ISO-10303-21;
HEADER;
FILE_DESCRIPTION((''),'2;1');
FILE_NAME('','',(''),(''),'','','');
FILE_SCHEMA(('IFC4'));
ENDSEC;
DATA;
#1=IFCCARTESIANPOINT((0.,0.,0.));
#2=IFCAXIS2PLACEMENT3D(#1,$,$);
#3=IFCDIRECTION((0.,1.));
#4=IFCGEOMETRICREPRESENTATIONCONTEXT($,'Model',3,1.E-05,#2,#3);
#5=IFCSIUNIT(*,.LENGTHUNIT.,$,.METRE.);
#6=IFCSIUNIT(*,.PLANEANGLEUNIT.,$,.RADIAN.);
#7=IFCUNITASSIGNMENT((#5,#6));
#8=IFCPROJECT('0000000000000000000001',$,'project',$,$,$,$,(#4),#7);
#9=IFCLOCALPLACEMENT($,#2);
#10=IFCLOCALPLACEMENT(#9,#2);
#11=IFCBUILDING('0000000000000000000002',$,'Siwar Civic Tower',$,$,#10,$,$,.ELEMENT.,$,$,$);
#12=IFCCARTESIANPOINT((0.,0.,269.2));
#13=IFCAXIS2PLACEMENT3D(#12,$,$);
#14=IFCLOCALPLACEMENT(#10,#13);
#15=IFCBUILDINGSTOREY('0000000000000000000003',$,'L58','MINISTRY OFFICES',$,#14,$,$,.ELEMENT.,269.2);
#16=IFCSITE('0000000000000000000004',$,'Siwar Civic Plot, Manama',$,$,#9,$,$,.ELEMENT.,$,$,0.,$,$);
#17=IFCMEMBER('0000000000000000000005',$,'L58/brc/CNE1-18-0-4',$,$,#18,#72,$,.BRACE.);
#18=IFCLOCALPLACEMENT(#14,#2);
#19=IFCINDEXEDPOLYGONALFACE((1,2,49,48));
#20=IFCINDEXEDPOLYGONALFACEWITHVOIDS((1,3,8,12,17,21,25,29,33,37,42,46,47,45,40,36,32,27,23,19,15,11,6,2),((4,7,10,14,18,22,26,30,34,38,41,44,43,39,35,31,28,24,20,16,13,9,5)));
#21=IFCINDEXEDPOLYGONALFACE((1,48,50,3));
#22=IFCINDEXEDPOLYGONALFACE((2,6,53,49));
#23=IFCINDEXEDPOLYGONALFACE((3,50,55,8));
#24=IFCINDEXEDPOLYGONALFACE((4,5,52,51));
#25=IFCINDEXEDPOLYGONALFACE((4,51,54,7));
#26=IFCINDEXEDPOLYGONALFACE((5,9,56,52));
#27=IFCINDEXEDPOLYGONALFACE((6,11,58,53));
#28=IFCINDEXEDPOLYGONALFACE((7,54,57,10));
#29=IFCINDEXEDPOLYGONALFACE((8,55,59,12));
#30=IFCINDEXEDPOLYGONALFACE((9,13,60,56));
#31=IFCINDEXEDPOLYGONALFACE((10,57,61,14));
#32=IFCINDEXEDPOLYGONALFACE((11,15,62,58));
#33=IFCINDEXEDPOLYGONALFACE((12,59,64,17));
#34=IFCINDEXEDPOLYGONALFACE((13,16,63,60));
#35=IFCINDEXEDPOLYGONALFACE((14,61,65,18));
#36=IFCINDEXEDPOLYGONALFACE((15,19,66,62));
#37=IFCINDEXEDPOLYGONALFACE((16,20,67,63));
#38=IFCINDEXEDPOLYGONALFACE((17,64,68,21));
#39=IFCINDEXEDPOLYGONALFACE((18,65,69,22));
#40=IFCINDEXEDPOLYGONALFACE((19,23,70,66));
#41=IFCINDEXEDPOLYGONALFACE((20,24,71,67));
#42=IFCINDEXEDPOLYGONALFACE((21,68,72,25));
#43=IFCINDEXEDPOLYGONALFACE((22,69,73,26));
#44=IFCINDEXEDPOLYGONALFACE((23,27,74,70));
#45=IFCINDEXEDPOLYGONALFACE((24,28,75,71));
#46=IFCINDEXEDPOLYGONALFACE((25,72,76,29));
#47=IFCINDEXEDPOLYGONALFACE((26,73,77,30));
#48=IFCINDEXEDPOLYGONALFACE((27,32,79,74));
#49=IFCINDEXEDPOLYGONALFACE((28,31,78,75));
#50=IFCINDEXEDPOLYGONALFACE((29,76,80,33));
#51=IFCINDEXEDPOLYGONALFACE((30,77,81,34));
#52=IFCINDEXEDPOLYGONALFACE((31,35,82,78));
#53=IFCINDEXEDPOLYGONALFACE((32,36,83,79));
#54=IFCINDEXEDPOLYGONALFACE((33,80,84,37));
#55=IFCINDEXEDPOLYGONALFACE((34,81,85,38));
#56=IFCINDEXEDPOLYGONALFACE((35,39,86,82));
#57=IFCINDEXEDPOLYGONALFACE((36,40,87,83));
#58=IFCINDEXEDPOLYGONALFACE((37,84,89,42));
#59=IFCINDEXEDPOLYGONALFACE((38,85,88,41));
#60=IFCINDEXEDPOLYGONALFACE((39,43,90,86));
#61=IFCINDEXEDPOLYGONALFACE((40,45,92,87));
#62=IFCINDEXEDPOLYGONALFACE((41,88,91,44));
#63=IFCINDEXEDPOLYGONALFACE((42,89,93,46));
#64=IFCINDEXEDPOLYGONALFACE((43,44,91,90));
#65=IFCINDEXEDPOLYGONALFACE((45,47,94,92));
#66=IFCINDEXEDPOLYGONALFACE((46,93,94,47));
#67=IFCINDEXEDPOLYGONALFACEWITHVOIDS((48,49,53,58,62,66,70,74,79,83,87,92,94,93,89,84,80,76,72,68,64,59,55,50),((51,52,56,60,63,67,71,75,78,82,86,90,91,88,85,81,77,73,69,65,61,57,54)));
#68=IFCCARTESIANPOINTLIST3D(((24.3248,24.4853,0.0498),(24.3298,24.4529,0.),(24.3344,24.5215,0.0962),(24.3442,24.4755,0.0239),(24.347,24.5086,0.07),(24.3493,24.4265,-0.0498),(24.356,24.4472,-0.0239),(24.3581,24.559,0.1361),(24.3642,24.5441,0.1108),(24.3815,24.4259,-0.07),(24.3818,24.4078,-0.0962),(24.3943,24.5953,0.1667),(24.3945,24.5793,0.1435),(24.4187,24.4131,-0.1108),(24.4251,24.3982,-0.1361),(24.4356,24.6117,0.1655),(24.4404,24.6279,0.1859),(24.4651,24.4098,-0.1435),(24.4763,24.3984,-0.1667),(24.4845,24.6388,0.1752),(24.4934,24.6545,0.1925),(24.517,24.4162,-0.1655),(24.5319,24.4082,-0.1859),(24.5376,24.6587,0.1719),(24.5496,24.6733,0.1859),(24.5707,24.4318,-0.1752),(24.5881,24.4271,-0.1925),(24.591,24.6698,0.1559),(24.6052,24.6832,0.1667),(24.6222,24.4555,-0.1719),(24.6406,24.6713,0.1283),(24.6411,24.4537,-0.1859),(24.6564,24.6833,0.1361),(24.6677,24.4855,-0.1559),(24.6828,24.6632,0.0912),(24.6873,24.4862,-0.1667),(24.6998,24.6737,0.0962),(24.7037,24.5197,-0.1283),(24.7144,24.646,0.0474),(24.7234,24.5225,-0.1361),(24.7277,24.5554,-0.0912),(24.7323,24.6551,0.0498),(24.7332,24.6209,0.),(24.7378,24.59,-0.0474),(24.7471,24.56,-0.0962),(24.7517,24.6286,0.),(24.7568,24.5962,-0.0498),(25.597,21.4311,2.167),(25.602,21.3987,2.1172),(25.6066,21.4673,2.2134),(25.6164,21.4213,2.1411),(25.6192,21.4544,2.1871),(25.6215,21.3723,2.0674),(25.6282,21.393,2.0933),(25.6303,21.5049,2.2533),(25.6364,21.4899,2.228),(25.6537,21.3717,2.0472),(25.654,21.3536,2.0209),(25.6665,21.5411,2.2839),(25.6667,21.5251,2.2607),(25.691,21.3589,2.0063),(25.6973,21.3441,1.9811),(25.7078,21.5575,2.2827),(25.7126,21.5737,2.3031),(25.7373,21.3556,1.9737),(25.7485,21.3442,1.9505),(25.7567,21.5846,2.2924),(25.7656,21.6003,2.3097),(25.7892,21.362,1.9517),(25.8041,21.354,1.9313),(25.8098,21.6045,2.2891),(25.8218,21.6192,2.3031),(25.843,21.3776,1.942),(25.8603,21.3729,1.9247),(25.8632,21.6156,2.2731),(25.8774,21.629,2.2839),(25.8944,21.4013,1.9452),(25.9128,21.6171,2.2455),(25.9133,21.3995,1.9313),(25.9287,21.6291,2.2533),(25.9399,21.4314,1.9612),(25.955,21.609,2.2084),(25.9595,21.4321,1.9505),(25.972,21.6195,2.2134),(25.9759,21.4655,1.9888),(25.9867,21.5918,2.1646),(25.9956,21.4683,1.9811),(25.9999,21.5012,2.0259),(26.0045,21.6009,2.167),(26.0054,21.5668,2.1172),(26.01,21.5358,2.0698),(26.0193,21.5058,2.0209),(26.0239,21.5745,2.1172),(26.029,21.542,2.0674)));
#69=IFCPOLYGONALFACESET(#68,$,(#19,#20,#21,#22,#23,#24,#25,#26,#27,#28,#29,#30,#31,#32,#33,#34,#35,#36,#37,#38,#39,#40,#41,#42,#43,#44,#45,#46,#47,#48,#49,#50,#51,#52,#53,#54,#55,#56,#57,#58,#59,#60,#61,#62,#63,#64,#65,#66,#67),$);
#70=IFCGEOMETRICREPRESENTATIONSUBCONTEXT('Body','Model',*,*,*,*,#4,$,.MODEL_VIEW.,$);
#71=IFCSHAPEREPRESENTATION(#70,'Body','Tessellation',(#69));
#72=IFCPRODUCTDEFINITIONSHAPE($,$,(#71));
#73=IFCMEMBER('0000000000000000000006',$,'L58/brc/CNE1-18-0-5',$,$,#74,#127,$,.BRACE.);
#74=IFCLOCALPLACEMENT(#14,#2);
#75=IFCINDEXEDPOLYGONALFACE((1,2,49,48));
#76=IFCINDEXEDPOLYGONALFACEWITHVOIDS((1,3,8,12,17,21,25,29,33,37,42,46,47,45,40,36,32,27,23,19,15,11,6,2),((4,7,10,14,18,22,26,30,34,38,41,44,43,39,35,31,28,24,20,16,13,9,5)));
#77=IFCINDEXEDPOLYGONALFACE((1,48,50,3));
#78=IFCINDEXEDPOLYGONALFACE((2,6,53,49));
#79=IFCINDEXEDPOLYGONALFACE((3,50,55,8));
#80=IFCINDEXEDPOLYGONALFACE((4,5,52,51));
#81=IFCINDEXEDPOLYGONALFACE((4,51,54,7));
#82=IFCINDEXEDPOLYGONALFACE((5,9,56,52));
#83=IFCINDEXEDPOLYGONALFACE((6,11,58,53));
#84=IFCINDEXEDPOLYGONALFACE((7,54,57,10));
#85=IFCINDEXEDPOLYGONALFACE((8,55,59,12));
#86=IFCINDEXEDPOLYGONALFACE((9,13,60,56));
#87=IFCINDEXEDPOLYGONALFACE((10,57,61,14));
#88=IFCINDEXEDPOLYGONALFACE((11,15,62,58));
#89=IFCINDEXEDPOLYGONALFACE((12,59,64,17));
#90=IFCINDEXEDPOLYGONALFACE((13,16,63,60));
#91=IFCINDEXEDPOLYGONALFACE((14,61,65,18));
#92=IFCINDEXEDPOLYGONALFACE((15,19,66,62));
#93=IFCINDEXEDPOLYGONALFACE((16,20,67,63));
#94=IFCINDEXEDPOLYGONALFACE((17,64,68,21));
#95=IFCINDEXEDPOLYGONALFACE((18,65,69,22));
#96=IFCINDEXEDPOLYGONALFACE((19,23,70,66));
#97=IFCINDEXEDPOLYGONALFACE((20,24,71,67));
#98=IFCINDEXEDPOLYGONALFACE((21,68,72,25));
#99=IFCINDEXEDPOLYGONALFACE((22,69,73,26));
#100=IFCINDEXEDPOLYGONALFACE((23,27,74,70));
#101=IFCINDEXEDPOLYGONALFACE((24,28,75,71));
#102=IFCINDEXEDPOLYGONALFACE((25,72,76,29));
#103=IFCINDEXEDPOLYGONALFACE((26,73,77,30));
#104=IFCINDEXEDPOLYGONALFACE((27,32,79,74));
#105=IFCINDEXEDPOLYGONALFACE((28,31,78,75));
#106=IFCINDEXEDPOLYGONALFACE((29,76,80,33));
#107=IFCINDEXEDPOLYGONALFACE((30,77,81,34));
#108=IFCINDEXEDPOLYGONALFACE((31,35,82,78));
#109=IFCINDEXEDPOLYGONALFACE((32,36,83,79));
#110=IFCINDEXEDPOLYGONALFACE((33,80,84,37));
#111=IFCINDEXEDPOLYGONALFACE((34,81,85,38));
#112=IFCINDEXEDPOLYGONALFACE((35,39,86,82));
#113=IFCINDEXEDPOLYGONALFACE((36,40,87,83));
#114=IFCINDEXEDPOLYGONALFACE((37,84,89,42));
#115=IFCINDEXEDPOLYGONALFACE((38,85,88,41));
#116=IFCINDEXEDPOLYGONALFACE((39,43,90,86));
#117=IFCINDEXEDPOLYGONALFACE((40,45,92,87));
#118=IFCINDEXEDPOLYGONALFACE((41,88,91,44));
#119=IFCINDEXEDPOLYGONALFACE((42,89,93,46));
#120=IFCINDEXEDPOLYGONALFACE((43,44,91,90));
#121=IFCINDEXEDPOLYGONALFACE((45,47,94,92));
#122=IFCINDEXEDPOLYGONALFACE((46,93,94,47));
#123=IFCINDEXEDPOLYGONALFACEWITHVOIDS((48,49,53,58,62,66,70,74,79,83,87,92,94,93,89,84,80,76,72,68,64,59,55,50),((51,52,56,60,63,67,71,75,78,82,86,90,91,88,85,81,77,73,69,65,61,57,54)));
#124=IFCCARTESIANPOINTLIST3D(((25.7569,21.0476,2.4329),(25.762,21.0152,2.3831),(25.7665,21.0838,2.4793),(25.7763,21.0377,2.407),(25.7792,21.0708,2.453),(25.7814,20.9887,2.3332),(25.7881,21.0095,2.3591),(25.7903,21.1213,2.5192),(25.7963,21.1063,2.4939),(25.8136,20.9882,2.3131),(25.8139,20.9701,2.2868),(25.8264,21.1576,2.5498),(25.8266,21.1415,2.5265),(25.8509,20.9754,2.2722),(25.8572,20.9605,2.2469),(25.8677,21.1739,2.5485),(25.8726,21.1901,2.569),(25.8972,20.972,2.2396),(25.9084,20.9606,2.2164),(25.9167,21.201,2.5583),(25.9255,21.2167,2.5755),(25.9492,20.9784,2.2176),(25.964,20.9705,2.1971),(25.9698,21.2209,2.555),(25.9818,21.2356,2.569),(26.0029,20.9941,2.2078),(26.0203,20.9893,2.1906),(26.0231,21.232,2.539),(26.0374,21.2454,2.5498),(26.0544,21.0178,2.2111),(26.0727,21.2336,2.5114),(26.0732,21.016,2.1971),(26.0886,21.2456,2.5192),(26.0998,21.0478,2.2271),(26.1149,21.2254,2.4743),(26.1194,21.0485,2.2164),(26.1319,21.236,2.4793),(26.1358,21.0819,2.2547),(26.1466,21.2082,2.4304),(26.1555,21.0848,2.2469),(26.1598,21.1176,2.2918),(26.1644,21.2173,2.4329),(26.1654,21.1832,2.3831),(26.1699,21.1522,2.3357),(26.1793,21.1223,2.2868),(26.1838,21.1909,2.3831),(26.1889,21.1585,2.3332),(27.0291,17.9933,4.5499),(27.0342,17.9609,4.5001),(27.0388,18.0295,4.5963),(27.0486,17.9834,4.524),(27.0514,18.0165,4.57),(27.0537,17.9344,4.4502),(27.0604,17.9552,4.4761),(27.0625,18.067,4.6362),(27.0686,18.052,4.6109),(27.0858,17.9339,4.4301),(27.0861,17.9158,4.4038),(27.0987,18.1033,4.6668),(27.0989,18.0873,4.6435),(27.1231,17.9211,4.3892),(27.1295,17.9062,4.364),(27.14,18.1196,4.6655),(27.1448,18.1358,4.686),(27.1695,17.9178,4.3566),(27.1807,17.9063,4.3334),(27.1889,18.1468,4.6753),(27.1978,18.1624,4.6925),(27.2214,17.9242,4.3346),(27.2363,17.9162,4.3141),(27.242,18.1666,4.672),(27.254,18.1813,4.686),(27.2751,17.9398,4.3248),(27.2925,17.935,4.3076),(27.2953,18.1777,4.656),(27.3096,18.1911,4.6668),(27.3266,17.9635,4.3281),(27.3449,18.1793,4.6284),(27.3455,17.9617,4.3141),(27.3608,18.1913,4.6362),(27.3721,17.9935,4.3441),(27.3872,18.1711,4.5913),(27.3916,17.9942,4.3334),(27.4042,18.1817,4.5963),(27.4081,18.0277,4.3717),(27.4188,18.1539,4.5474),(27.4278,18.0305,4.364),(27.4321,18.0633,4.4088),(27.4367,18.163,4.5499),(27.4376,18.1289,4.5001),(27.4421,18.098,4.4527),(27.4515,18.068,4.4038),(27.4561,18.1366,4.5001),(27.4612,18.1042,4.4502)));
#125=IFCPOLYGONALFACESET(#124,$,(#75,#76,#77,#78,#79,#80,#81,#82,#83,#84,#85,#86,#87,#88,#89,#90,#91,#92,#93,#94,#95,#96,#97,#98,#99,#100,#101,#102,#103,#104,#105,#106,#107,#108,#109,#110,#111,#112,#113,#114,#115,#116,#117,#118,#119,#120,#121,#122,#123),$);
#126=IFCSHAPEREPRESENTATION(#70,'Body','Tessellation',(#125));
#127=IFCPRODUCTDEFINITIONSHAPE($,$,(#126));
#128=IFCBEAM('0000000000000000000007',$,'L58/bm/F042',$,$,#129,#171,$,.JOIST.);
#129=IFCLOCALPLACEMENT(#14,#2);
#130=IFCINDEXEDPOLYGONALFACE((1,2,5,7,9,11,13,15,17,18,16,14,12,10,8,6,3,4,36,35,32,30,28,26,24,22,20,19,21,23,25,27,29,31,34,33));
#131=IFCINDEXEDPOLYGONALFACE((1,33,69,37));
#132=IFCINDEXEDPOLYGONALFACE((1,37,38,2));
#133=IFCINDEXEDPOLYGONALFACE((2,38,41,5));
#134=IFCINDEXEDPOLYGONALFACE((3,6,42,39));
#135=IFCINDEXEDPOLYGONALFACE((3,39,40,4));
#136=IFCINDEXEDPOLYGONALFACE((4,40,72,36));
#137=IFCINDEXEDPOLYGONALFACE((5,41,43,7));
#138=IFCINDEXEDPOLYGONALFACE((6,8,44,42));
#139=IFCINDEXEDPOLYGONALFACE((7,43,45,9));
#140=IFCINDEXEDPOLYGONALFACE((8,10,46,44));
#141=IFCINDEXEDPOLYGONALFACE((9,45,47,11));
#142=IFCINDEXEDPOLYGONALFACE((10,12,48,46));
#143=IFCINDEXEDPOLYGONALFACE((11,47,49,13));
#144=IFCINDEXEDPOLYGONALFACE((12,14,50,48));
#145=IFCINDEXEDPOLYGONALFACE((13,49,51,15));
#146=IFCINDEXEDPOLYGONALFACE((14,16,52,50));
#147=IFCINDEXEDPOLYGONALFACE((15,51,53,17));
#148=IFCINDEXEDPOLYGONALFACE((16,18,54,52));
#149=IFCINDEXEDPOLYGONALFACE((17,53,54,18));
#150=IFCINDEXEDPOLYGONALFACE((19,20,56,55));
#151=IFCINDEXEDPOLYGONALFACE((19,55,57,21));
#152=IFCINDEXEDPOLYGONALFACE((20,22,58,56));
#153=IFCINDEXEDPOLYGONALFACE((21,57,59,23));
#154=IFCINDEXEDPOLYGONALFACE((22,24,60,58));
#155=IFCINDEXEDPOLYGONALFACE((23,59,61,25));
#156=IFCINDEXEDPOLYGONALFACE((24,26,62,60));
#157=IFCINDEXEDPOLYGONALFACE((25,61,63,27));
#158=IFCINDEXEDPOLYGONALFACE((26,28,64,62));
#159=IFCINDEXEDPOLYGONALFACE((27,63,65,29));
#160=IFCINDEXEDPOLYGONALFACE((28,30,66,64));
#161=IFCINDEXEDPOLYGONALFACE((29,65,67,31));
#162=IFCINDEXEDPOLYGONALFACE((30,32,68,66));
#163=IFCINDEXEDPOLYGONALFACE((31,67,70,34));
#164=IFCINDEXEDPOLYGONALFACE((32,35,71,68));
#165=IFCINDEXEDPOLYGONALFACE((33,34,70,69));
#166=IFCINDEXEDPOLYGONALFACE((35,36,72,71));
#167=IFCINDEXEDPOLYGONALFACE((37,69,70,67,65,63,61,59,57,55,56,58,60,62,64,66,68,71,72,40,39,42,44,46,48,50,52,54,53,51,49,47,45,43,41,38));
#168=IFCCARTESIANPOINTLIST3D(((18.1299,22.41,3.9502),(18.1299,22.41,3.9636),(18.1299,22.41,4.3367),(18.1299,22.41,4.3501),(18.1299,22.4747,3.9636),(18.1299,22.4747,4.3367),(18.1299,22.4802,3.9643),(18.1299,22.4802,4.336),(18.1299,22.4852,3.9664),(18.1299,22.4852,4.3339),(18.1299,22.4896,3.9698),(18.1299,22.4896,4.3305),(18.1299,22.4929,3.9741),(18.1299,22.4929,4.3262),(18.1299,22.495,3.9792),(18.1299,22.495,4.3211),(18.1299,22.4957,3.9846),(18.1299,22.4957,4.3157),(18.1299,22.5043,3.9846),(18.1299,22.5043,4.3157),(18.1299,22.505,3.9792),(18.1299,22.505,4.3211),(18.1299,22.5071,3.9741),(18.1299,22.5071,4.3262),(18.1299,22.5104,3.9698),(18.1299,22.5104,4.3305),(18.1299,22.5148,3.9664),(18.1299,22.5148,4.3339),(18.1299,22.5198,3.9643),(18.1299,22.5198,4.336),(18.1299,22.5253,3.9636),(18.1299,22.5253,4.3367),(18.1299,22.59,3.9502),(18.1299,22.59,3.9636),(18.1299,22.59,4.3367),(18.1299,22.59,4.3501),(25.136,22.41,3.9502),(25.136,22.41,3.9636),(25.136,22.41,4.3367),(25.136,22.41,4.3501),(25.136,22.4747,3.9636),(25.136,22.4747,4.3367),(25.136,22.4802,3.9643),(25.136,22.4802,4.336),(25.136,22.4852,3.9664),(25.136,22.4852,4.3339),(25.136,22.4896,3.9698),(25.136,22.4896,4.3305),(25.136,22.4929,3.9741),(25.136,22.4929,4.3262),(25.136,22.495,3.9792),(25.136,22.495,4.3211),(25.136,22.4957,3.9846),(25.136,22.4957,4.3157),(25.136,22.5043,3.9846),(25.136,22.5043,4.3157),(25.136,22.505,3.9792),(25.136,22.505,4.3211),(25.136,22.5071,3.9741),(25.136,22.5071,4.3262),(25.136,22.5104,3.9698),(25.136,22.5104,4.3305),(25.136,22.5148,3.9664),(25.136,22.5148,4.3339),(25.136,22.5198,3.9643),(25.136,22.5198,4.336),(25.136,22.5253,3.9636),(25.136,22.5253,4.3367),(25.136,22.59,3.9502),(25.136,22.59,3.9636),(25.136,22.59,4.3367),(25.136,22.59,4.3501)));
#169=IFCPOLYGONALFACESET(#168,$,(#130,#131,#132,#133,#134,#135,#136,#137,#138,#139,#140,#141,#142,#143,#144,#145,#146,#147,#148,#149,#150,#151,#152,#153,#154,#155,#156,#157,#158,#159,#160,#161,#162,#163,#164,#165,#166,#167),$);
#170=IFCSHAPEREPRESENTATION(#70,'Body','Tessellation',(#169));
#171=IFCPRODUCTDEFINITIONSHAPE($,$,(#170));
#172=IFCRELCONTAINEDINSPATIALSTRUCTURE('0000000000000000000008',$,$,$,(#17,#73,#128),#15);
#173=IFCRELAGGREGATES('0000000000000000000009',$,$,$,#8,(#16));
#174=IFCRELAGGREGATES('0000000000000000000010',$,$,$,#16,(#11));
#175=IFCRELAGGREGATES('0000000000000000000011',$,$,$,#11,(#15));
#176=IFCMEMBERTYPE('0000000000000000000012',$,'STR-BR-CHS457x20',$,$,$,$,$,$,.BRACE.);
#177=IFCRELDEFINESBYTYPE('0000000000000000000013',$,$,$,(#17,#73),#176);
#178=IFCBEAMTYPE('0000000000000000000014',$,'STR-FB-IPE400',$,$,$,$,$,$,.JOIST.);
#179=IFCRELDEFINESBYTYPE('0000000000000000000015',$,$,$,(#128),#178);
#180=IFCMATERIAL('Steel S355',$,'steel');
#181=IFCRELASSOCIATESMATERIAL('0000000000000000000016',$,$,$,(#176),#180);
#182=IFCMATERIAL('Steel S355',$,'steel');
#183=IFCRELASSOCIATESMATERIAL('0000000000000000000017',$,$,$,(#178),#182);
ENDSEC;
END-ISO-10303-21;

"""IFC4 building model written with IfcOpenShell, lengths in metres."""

from ifc_helpers import new_model, si_unit, direction, frame, origin, origin_2d, place, context, subcontext, project, spatial, hollow_circle, i_section, extrude, material, material_profile, profile_set, type_object, element, save


model = new_model("IFC4")

# Units and contexts
model_context = context("Model", 3, precision=1e-05, world=origin(), true_north=direction((0.0, 1.0)))
body_context = subcontext(model_context, "Body", "Model", "MODEL_VIEW")
ifc_project = project(units=[si_unit("LENGTHUNIT", "METRE"), si_unit("PLANEANGLEUNIT", "RADIAN")], contexts=[model_context])

# Site, building, storey
site_placement = place(None, origin())
site = spatial("IfcSite", under=ifc_project, at=site_placement, Name="Siwar Civic Plot, Manama", CompositionType="ELEMENT", RefElevation=0.0)
building_placement = place(site_placement, origin())
building = spatial("IfcBuilding", under=site, at=building_placement, Name="Siwar Civic Tower", CompositionType="ELEMENT")
storey_placement = place(building_placement, frame((0.0, 0.0, 269.2)))
storey = spatial("IfcBuildingStorey", under=building, at=storey_placement, Name="L58", Description="MINISTRY OFFICES", CompositionType="ELEMENT", Elevation=269.2)

# Members
ifc_material_1 = material(Name="Steel S355", Category="steel")
ifc_material_profile_1 = material_profile(ifc_material_1, hollow_circle(Radius=0.2285, WallThickness=0.02, at=origin_2d()), Name="CHS457x20")
ifc_profile_set_1 = profile_set([ifc_material_profile_1], Name="Steel S355")
member_type_1 = type_object("IfcMemberType", Name="STR-BR-CHS457x20", PredefinedType="BRACE", material=ifc_profile_set_1)
for number, where, z_axis, x_axis, name in (
    (1, (24.5408, 24.5408, 0.0), (0.323884, -0.777546, 0.538999), (0.923116, 0.384521, 0.0), "L58/brc/CNE1-18-0-4"),
    (2, (25.9729, 21.103, 2.3831), (0.323895, -0.777572, 0.538955), (0.923116, 0.384521, 0.0), "L58/brc/CNE1-18-0-5"),
):
    element("IfcMember", number, at=place(storey_placement, frame(where, z_axis=z_axis, x_axis=x_axis)), inside=storey, type_object=member_type_1, Name=name, PredefinedType="BRACE", context=body_context, shape_type="SweptSolid", body=[
        extrude(hollow_circle(Radius=0.2285, WallThickness=0.02, at=origin_2d()), origin(), (0.0, 0.0, 1.0), 3.928),
    ])

# Beam
ifc_material_2 = material(Name="Steel S355", Category="steel")
ifc_material_profile_2 = material_profile(ifc_material_2, i_section(OverallWidth=0.1799, OverallDepth=0.3999, WebThickness=0.0085, FlangeThickness=0.0134, FilletRadius=0.021, at=origin_2d()), Name="IPE400")
ifc_profile_set_2 = profile_set([ifc_material_profile_2], Name="Steel S355")
beam_type_1 = type_object("IfcBeamType", Name="STR-FB-IPE400", PredefinedType="JOIST", material=ifc_profile_set_2)
beam_1_placement = place(storey_placement, frame((18.1299, 22.5, 4.1501), z_axis=(1.0, 0.0, 0.0), x_axis=(0.0, 1.0, 0.0)))
element("IfcBeam", 3, at=beam_1_placement, inside=storey, type_object=beam_type_1, Name="L58/bm/F042", PredefinedType="JOIST", context=body_context, shape_type="SweptSolid", body=[
    extrude(i_section(OverallWidth=0.1799, OverallDepth=0.3999, WebThickness=0.0085, FlangeThickness=0.0134, FilletRadius=0.021, at=origin_2d()), origin(), (0.0, 0.0, 1.0), 7.0061),
])

save(model, "model.ifc")
